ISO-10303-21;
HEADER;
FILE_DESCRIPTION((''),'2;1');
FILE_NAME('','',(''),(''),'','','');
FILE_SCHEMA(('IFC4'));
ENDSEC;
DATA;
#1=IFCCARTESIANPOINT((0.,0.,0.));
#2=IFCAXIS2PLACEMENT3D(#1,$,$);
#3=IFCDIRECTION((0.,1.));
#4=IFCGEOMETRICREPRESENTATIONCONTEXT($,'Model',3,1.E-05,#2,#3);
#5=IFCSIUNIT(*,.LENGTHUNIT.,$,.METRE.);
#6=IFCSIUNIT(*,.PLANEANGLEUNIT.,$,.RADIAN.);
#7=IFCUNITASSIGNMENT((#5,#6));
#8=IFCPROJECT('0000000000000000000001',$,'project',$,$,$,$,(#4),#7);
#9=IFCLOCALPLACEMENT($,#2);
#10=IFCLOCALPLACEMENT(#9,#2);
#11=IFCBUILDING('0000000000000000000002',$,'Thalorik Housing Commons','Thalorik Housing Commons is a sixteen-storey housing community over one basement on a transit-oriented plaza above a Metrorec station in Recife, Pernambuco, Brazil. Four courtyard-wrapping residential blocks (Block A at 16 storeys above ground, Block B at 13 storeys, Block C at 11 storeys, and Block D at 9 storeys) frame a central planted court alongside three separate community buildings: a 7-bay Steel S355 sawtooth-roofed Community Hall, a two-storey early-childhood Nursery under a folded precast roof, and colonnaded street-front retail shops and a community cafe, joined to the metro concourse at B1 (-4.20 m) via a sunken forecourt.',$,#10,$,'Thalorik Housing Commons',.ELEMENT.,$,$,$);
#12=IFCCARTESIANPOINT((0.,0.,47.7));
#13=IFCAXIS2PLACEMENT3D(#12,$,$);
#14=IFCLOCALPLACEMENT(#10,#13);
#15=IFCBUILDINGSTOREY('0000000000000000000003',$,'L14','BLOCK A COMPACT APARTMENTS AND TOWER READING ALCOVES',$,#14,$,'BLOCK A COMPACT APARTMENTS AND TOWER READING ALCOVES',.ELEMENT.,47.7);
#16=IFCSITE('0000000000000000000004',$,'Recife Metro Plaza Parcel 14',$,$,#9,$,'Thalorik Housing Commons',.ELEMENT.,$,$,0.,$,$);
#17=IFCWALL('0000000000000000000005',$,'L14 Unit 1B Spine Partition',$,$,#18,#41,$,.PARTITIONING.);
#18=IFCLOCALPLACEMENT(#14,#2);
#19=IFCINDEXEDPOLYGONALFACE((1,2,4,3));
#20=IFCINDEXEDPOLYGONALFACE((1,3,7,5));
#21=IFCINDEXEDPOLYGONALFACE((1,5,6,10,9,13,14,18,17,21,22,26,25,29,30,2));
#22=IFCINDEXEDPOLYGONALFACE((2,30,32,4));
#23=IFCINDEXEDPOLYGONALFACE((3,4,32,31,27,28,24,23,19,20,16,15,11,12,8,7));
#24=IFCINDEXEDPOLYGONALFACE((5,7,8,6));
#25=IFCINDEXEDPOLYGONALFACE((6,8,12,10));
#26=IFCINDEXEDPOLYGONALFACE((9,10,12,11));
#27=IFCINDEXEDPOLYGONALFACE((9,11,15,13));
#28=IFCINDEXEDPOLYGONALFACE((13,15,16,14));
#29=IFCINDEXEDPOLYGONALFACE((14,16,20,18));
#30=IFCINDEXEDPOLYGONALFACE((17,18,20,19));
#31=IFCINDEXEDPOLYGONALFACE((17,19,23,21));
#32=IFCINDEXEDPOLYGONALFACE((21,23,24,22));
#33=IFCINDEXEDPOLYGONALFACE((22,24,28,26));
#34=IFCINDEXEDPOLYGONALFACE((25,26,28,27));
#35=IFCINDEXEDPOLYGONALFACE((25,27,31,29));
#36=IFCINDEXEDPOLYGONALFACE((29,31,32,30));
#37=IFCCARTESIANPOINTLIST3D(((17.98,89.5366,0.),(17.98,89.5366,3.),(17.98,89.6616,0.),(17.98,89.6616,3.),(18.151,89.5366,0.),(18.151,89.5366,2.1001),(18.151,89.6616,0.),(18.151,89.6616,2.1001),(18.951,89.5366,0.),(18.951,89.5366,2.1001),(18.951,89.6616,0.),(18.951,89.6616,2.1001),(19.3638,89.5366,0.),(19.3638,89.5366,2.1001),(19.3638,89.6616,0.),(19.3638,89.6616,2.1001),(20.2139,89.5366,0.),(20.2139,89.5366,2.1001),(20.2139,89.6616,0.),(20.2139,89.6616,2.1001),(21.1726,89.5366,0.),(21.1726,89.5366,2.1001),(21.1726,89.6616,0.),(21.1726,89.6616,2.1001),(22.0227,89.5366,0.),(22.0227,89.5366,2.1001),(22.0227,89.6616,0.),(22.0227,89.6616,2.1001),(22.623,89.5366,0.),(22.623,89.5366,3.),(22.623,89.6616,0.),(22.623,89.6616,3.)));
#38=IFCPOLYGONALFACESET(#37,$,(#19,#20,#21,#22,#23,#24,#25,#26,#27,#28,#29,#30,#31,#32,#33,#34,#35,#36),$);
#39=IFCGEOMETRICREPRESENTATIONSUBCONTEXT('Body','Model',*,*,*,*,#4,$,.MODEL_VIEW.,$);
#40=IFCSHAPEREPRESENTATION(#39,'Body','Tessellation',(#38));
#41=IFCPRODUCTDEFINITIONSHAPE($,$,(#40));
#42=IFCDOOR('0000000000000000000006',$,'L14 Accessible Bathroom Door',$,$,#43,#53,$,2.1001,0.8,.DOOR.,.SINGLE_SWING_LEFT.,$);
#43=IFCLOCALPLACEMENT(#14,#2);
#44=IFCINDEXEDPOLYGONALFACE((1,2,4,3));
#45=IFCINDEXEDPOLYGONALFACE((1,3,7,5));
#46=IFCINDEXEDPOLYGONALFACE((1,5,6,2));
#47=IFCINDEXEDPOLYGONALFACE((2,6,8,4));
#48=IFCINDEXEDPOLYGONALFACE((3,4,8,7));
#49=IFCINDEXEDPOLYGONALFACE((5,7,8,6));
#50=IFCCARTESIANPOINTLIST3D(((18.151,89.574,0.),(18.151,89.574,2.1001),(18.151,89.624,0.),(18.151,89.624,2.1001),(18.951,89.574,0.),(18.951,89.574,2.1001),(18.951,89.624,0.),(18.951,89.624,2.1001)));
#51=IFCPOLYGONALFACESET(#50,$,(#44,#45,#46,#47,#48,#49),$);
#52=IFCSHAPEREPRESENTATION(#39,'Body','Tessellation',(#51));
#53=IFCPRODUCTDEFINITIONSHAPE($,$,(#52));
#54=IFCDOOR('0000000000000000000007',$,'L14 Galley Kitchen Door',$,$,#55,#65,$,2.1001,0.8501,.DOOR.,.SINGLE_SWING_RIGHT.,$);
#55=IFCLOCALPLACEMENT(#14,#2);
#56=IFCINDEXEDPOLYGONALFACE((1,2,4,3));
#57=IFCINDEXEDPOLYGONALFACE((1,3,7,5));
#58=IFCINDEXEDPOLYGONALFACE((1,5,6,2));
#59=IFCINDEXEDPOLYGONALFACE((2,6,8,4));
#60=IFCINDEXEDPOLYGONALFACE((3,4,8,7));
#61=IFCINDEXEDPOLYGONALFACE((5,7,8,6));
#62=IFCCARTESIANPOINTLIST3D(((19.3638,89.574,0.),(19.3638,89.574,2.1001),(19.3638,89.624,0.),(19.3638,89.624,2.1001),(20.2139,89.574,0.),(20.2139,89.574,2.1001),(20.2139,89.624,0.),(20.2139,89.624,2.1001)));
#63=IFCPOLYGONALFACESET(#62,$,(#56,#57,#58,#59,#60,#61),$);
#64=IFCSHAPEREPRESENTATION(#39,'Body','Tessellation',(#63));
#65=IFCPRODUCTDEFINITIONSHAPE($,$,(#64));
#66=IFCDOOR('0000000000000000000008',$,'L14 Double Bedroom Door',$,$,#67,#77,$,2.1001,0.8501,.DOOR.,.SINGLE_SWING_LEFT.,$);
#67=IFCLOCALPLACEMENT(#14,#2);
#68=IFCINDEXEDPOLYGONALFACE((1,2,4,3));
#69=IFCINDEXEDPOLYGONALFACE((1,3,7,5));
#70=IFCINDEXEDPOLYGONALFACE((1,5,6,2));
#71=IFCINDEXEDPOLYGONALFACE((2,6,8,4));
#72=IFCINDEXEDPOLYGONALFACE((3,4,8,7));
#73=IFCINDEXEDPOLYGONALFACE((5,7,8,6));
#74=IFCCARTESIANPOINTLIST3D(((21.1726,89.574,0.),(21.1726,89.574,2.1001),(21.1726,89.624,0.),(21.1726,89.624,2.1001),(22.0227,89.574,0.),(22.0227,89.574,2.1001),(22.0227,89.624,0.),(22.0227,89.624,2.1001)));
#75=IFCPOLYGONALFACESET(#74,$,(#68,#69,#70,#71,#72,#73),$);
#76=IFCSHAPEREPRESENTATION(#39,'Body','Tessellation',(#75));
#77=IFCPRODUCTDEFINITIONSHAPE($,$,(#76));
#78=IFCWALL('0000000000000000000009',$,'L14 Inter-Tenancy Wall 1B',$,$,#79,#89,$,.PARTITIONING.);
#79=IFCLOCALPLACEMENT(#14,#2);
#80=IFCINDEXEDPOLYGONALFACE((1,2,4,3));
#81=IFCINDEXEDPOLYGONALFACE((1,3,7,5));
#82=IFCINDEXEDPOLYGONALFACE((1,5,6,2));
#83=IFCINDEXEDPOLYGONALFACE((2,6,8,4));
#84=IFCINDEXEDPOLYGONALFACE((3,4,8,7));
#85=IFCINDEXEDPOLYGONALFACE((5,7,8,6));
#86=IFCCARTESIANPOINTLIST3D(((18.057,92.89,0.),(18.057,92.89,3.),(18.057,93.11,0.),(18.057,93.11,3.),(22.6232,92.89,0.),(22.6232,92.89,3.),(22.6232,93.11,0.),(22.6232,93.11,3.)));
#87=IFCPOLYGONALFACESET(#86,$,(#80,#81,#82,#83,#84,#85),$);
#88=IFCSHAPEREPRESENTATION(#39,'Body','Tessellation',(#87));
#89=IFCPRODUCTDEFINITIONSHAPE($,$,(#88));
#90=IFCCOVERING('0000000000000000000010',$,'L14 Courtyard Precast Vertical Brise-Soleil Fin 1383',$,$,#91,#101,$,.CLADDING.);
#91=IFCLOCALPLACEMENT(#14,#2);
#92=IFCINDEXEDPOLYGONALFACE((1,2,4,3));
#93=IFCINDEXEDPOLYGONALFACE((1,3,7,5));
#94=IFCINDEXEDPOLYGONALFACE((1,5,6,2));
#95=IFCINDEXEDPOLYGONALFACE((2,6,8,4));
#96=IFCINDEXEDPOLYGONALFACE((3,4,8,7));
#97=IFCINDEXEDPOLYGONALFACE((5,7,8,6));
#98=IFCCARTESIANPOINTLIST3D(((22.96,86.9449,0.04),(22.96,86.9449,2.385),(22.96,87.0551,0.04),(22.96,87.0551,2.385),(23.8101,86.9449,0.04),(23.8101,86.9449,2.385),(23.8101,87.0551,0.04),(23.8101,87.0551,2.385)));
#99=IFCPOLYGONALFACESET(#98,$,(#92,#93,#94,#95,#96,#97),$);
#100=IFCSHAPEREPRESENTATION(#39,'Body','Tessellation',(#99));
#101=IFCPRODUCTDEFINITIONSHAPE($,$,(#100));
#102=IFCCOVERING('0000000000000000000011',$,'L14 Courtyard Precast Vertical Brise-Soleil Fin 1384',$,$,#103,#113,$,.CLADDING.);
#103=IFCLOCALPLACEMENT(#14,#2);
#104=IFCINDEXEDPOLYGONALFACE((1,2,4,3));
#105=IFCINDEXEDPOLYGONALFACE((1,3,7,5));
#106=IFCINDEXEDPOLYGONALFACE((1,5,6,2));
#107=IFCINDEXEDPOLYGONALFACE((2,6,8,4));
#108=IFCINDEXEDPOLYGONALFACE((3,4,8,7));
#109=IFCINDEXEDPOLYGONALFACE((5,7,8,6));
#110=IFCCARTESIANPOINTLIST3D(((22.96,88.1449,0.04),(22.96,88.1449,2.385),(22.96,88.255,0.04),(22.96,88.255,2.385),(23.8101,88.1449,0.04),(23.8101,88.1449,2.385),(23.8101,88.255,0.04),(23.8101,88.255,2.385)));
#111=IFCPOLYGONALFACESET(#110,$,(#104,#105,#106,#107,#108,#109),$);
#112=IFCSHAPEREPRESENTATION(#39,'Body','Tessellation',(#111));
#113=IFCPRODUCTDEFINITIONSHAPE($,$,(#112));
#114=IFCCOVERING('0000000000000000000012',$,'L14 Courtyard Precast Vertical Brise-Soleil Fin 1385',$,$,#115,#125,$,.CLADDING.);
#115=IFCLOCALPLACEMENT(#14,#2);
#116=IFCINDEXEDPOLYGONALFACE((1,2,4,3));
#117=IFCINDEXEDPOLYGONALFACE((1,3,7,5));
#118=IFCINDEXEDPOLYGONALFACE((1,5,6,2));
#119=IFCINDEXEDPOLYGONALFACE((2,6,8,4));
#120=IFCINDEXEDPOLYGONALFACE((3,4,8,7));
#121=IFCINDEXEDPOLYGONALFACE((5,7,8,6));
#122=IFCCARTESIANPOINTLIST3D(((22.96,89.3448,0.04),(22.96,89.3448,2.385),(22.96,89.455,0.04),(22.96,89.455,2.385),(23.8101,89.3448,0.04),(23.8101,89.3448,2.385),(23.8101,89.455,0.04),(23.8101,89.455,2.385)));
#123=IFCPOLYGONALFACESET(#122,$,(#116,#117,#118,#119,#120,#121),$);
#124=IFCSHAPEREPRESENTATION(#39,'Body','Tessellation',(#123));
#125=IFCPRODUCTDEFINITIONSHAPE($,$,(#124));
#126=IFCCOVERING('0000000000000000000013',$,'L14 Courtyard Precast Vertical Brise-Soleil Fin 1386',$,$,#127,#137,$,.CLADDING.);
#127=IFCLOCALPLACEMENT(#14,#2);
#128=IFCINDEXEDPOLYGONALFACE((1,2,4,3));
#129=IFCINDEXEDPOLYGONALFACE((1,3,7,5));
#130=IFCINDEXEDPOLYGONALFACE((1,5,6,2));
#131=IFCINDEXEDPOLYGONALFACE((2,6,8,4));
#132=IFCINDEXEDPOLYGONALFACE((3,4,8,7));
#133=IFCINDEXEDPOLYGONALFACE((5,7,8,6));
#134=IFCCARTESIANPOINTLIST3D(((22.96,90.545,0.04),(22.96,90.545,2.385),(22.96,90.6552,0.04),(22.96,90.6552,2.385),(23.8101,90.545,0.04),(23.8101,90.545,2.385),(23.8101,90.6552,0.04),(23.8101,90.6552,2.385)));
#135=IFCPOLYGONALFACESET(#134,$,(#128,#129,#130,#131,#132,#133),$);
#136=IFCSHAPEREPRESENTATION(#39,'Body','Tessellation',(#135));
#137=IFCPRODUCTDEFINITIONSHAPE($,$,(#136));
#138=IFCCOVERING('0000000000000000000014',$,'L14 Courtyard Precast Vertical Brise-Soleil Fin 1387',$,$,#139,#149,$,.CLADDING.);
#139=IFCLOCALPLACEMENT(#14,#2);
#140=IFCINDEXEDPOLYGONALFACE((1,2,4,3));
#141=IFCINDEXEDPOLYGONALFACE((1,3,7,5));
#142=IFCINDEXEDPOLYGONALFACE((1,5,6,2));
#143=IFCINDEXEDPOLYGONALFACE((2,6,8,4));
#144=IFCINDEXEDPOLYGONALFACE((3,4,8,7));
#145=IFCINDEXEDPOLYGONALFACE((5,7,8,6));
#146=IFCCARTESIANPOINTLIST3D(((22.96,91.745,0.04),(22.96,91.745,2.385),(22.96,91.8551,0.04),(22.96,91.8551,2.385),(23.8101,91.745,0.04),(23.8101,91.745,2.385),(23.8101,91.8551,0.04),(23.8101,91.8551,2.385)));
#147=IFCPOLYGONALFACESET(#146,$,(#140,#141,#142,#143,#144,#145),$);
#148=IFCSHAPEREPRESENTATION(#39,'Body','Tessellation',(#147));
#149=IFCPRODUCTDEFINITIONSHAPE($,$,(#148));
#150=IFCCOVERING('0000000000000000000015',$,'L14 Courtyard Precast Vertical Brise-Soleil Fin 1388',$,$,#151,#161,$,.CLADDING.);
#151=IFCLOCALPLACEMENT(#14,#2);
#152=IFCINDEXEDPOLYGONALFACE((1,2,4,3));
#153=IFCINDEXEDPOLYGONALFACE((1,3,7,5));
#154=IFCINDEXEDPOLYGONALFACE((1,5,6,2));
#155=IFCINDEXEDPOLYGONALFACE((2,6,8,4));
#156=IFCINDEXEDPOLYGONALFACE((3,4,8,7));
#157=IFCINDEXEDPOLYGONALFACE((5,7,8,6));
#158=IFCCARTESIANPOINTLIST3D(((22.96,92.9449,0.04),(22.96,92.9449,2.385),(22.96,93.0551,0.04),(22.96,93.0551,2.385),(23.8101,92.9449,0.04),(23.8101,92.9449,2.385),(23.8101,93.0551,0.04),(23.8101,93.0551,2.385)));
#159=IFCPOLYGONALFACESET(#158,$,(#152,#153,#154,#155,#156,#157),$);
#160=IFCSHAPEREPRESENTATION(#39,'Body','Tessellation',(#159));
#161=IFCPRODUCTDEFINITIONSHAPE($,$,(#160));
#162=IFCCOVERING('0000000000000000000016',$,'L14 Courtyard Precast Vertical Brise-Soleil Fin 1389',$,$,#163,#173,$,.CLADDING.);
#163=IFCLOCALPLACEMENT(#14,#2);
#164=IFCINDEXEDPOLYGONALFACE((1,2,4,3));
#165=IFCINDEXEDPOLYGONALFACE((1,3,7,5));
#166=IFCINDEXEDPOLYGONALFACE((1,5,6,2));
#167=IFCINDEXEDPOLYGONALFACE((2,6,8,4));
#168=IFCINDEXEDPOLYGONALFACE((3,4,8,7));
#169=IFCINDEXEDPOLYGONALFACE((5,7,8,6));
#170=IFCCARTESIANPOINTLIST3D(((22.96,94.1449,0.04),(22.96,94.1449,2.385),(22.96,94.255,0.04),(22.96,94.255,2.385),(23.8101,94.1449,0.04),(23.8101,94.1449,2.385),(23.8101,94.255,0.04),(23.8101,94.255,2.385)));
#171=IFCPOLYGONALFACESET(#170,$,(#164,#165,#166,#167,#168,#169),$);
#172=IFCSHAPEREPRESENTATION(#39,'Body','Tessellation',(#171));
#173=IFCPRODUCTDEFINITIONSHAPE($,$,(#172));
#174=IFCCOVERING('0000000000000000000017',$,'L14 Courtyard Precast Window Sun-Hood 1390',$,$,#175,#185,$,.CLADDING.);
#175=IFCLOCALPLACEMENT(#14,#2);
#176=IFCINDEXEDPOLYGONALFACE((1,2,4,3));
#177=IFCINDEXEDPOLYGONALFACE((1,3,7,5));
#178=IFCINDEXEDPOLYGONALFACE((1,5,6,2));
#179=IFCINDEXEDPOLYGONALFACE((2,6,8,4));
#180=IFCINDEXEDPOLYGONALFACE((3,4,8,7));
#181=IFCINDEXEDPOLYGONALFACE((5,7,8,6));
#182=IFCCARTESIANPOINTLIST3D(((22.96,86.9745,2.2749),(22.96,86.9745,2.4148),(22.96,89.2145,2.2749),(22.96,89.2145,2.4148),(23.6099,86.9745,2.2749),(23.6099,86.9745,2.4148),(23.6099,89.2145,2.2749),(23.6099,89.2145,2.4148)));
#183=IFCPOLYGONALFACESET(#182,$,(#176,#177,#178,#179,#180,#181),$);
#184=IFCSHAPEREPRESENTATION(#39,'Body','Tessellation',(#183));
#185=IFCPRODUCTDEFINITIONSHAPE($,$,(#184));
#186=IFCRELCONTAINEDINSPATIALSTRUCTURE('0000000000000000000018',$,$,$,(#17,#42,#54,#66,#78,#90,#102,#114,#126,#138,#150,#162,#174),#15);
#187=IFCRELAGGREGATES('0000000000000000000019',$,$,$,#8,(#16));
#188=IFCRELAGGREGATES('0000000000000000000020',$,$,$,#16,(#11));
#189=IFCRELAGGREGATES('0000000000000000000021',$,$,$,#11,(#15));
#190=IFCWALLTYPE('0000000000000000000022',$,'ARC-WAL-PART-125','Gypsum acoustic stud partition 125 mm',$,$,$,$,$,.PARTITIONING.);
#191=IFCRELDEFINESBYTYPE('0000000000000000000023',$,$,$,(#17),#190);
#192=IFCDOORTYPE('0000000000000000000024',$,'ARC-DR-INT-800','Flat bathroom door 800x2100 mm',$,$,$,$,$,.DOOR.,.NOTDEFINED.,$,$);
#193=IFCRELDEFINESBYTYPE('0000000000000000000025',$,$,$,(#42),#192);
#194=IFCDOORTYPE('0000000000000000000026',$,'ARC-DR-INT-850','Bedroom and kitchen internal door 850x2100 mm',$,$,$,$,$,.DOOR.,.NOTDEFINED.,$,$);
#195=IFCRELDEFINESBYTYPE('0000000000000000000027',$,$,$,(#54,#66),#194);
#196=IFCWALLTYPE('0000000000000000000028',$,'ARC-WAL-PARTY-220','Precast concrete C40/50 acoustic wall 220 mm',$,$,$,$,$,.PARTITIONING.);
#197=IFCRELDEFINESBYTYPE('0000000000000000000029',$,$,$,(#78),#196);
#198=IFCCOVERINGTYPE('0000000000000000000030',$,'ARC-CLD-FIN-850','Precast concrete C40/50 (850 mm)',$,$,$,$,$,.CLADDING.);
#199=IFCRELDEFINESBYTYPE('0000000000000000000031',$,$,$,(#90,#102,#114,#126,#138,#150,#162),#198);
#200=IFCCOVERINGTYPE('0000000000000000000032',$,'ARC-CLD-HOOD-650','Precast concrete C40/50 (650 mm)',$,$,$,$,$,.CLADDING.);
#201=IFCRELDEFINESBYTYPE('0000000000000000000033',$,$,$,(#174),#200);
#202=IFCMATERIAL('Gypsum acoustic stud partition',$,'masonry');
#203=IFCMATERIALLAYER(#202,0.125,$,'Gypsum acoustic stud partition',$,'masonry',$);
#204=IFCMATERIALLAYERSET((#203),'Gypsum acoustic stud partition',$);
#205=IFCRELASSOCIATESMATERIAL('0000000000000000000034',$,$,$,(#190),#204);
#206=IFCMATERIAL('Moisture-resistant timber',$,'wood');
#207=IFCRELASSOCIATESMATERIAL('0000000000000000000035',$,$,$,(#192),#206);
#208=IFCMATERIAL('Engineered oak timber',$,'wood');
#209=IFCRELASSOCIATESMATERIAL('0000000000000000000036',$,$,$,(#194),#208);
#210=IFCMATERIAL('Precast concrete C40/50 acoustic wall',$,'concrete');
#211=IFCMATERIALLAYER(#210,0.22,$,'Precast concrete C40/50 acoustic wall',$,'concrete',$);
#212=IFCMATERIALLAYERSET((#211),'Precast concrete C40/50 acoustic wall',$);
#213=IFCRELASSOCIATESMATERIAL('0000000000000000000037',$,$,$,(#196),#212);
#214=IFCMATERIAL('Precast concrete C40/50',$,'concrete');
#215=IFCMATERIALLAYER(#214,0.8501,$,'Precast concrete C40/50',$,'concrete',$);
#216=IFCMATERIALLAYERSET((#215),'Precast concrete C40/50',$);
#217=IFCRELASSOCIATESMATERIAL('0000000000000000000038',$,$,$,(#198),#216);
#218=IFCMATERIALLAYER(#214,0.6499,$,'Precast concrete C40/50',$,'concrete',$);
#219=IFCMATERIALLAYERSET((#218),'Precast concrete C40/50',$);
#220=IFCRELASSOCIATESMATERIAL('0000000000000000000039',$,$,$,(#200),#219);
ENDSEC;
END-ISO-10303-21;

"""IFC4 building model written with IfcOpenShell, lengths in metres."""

from ifc_helpers import new_model, si_unit, direction, frame, frame_2d, origin, origin_2d, place, context, subcontext, project, spatial, rectangle, extrude, material, layer, layer_set, type_object, element, fill, save


model = new_model("IFC4")

# Units and contexts
model_context = context("Model", 3, precision=1e-05, world=origin(), true_north=direction((0.0, 1.0)))
body_context = subcontext(model_context, "Body", "Model", "MODEL_VIEW")
ifc_project = project(units=[si_unit("LENGTHUNIT", "METRE"), si_unit("PLANEANGLEUNIT", "RADIAN")], contexts=[model_context])

# Site, building, storey
site_placement = place(None, origin())
site = spatial("IfcSite", under=ifc_project, at=site_placement, Name="Recife Metro Plaza Parcel 14", LongName="Thalorik Housing Commons", CompositionType="ELEMENT", RefElevation=0.0)
building_placement = place(site_placement, origin())
building = spatial("IfcBuilding", under=site, at=building_placement, Name="Thalorik Housing Commons", Description="Thalorik Housing Commons is a sixteen-storey housing community over one basement on a transit-oriented plaza above a Metrorec station in Recife, Pernambuco, Brazil. Four courtyard-wrapping residential blocks (Block A at 16 storeys above ground, Block B at 13 storeys, Block C at 11 storeys, and Block D at 9 storeys) frame a central planted court alongside three separate community buildings: a 7-bay Steel S355 sawtooth-roofed Community Hall, a two-storey early-childhood Nursery under a folded precast roof, and colonnaded street-front retail shops and a community cafe, joined to the metro concourse at B1 (-4.20 m) via a sunken forecourt.", LongName="Thalorik Housing Commons", CompositionType="ELEMENT")
storey_placement = place(building_placement, frame((0.0, 0.0, 47.7)))
storey = spatial("IfcBuildingStorey", under=building, at=storey_placement, Name="L14", Description="BLOCK A COMPACT APARTMENTS AND TOWER READING ALCOVES", LongName="BLOCK A COMPACT APARTMENTS AND TOWER READING ALCOVES", CompositionType="ELEMENT", Elevation=47.7)

# Shared definitions
ifc_material_1 = material(Name="Precast concrete C40/50", Category="concrete")

# Wall, openings, doors
ifc_material_2 = material(Name="Gypsum acoustic stud partition", Category="masonry")
ifc_layer_1 = layer(ifc_material_2, 0.125, Name="Gypsum acoustic stud partition", Category="masonry")
ifc_layer_set_1 = layer_set([ifc_layer_1], Name="Gypsum acoustic stud partition")
wall_type_1 = type_object("IfcWallType", Name="ARC-WAL-PART-125", Description="Gypsum acoustic stud partition 125 mm", PredefinedType="PARTITIONING", material=ifc_layer_set_1)
wall_1_placement = place(storey_placement, frame((17.98, 89.5991, 0.0), z_axis=(0.0, 0.0, 1.0), x_axis=(1.0, 0.0, 0.0)))
wall_1 = element("IfcWall", 1, at=wall_1_placement, inside=storey, type_object=wall_type_1, Name="L14 Unit 1B Spine Partition", PredefinedType="PARTITIONING", context=body_context, shape_type="SweptSolid", body=[
    extrude(rectangle(XDim=4.6431, YDim=0.125, at=frame_2d((2.3215, 0.0))), origin(), (0.0, 0.0, 1.0), 3.0),
])
opening_1_placement = place(wall_1_placement, frame((0.1711, 0.0, 0.0)))
opening_1 = element("IfcOpeningElement", 2, at=opening_1_placement, cuts=wall_1, PredefinedType="OPENING", context=body_context, shape_type="SweptSolid", body=[
    extrude(rectangle(XDim=0.8, YDim=2.1001, at=frame_2d((0.3999, 1.05))), frame((0.0, 0.0725, 0.0), z_axis=(0.0, -1.0, 0.0), x_axis=(1.0, 0.0, 0.0)), (0.0, 0.0, 1.0), 0.145),
])
opening_2_placement = place(wall_1_placement, frame((1.3838, 0.0, 0.0)))
opening_2 = element("IfcOpeningElement", 3, at=opening_2_placement, cuts=wall_1, PredefinedType="OPENING", context=body_context, shape_type="SweptSolid", body=[
    extrude(rectangle(XDim=0.8501, YDim=2.1001, at=frame_2d((0.425, 1.05))), frame((0.0, 0.0725, 0.0), z_axis=(0.0, -1.0, 0.0), x_axis=(1.0, 0.0, 0.0)), (0.0, 0.0, 1.0), 0.145),
])
opening_3_placement = place(wall_1_placement, frame((3.1926, 0.0, 0.0)))
opening_3 = element("IfcOpeningElement", 4, at=opening_3_placement, cuts=wall_1, PredefinedType="OPENING", context=body_context, shape_type="SweptSolid", body=[
    extrude(rectangle(XDim=0.8501, YDim=2.1001, at=frame_2d((0.425, 1.05))), frame((0.0, 0.0725, 0.0), z_axis=(0.0, -1.0, 0.0), x_axis=(1.0, 0.0, 0.0)), (0.0, 0.0, 1.0), 0.145),
])
ifc_material_3 = material(Name="Moisture-resistant timber", Category="wood")
door_type_1 = type_object("IfcDoorType", Name="ARC-DR-INT-800", Description="Flat bathroom door 800x2100 mm", OperationType="NOTDEFINED", PredefinedType="DOOR", material=ifc_material_3)
door_1_placement = place(opening_1_placement, origin())
door_1 = element("IfcDoor", 5, at=door_1_placement, inside=storey, type_object=door_type_1, Name="L14 Accessible Bathroom Door", OperationType="SINGLE_SWING_LEFT", OverallHeight=2.1001, OverallWidth=0.8, PredefinedType="DOOR", context=body_context, shape_type="SweptSolid", body=[
    extrude(rectangle(XDim=0.8, YDim=2.1001, at=frame_2d((0.3999, 1.05))), frame((0.0, 0.0249, 0.0), z_axis=(0.0, -1.0, 0.0), x_axis=(1.0, 0.0, 0.0)), (0.0, 0.0, 1.0), 0.05),
])
fill(opening_1, door_1)
ifc_material_4 = material(Name="Engineered oak timber", Category="wood")
door_type_2 = type_object("IfcDoorType", Name="ARC-DR-INT-850", Description="Bedroom and kitchen internal door 850x2100 mm", OperationType="NOTDEFINED", PredefinedType="DOOR", material=ifc_material_4)
door_2_placement = place(opening_2_placement, origin())
door_2 = element("IfcDoor", 6, at=door_2_placement, inside=storey, type_object=door_type_2, Name="L14 Galley Kitchen Door", OperationType="SINGLE_SWING_RIGHT", OverallHeight=2.1001, OverallWidth=0.8501, PredefinedType="DOOR", context=body_context, shape_type="SweptSolid", body=[
    extrude(rectangle(XDim=0.8501, YDim=2.1001, at=frame_2d((0.425, 1.05))), frame((0.0, 0.0249, 0.0), z_axis=(0.0, -1.0, 0.0), x_axis=(1.0, 0.0, 0.0)), (0.0, 0.0, 1.0), 0.05),
])
fill(opening_2, door_2)
door_3_placement = place(opening_3_placement, origin())
door_3 = element("IfcDoor", 7, at=door_3_placement, inside=storey, type_object=door_type_2, Name="L14 Double Bedroom Door", OperationType="SINGLE_SWING_LEFT", OverallHeight=2.1001, OverallWidth=0.8501, PredefinedType="DOOR", context=body_context, shape_type="SweptSolid", body=[
    extrude(rectangle(XDim=0.8501, YDim=2.1001, at=frame_2d((0.425, 1.05))), frame((0.0, 0.0249, 0.0), z_axis=(0.0, -1.0, 0.0), x_axis=(1.0, 0.0, 0.0)), (0.0, 0.0, 1.0), 0.05),
])
fill(opening_3, door_3)

# Wall
ifc_material_5 = material(Name="Precast concrete C40/50 acoustic wall", Category="concrete")
ifc_layer_2 = layer(ifc_material_5, 0.22, Name="Precast concrete C40/50 acoustic wall", Category="concrete")
ifc_layer_set_2 = layer_set([ifc_layer_2], Name="Precast concrete C40/50 acoustic wall")
wall_type_2 = type_object("IfcWallType", Name="ARC-WAL-PARTY-220", Description="Precast concrete C40/50 acoustic wall 220 mm", PredefinedType="PARTITIONING", material=ifc_layer_set_2)
wall_2_placement = place(storey_placement, frame((18.0569, 93.0, 0.0), z_axis=(0.0, 0.0, 1.0), x_axis=(1.0, 0.0, 0.0)))
element("IfcWall", 8, at=wall_2_placement, inside=storey, type_object=wall_type_2, Name="L14 Inter-Tenancy Wall 1B", PredefinedType="PARTITIONING", context=body_context, shape_type="SweptSolid", body=[
    extrude(rectangle(XDim=4.5662, YDim=0.22, at=frame_2d((2.2832, 0.0))), origin(), (0.0, 0.0, 1.0), 3.0),
])

# Coverings
ifc_layer_3 = layer(ifc_material_1, 0.8501, Name="Precast concrete C40/50", Category="concrete")
ifc_layer_set_3 = layer_set([ifc_layer_3], Name="Precast concrete C40/50")
covering_type_1 = type_object("IfcCoveringType", Name="ARC-CLD-FIN-850", Description="Precast concrete C40/50 (850 mm)", PredefinedType="CLADDING", material=ifc_layer_set_3)
for number, where, z_axis, x_axis, name in (
    (9, (23.385, 87.0, 0.04), (0.0, 0.0, 1.0), (0.0, 1.0, 0.0), "L14 Courtyard Precast Vertical Brise-Soleil Fin 1383"),
    (10, (23.385, 88.2, 0.04), (0.0, 0.0, 1.0), (0.0, 1.0, 0.0), "L14 Courtyard Precast Vertical Brise-Soleil Fin 1384"),
    (11, (23.385, 89.3999, 0.04), (0.0, 0.0, 1.0), (0.0, 1.0, 0.0), "L14 Courtyard Precast Vertical Brise-Soleil Fin 1385"),
    (12, (23.385, 90.6001, 0.04), (0.0, 0.0, 1.0), (0.0, 1.0, 0.0), "L14 Courtyard Precast Vertical Brise-Soleil Fin 1386"),
    (13, (23.385, 91.8, 0.04), (0.0, 0.0, 1.0), (0.0, 1.0, 0.0), "L14 Courtyard Precast Vertical Brise-Soleil Fin 1387"),
    (14, (23.385, 93.0, 0.04), (0.0, 0.0, 1.0), (0.0, 1.0, 0.0), "L14 Courtyard Precast Vertical Brise-Soleil Fin 1388"),
    (15, (23.385, 94.2, 0.04), (0.0, 0.0, 1.0), (0.0, 1.0, 0.0), "L14 Courtyard Precast Vertical Brise-Soleil Fin 1389"),
):
    element("IfcCovering", number, at=place(storey_placement, frame(where, z_axis=z_axis, x_axis=x_axis)), inside=storey, type_object=covering_type_1, Name=name, PredefinedType="CLADDING", context=body_context, shape_type="SweptSolid", body=[
        extrude(rectangle(XDim=0.1101, YDim=0.8501, at=origin_2d()), origin(), (0.0, 0.0, 1.0), 2.345),
    ])
ifc_layer_4 = layer(ifc_material_1, 0.6499, Name="Precast concrete C40/50", Category="concrete")
ifc_layer_set_4 = layer_set([ifc_layer_4], Name="Precast concrete C40/50")
covering_type_2 = type_object("IfcCoveringType", Name="ARC-CLD-HOOD-650", Description="Precast concrete C40/50 (650 mm)", PredefinedType="CLADDING", material=ifc_layer_set_4)
covering_1_placement = place(storey_placement, frame((23.2849, 88.0945, 2.2749), z_axis=(0.0, 0.0, 1.0), x_axis=(0.0, 1.0, 0.0)))
element("IfcCovering", 16, at=covering_1_placement, inside=storey, type_object=covering_type_2, Name="L14 Courtyard Precast Window Sun-Hood 1390", PredefinedType="CLADDING", context=body_context, shape_type="SweptSolid", body=[
    extrude(rectangle(XDim=2.24, YDim=0.6499, at=origin_2d()), origin(), (0.0, 0.0, 1.0), 0.1399),
])

save(model, "model.ifc")
